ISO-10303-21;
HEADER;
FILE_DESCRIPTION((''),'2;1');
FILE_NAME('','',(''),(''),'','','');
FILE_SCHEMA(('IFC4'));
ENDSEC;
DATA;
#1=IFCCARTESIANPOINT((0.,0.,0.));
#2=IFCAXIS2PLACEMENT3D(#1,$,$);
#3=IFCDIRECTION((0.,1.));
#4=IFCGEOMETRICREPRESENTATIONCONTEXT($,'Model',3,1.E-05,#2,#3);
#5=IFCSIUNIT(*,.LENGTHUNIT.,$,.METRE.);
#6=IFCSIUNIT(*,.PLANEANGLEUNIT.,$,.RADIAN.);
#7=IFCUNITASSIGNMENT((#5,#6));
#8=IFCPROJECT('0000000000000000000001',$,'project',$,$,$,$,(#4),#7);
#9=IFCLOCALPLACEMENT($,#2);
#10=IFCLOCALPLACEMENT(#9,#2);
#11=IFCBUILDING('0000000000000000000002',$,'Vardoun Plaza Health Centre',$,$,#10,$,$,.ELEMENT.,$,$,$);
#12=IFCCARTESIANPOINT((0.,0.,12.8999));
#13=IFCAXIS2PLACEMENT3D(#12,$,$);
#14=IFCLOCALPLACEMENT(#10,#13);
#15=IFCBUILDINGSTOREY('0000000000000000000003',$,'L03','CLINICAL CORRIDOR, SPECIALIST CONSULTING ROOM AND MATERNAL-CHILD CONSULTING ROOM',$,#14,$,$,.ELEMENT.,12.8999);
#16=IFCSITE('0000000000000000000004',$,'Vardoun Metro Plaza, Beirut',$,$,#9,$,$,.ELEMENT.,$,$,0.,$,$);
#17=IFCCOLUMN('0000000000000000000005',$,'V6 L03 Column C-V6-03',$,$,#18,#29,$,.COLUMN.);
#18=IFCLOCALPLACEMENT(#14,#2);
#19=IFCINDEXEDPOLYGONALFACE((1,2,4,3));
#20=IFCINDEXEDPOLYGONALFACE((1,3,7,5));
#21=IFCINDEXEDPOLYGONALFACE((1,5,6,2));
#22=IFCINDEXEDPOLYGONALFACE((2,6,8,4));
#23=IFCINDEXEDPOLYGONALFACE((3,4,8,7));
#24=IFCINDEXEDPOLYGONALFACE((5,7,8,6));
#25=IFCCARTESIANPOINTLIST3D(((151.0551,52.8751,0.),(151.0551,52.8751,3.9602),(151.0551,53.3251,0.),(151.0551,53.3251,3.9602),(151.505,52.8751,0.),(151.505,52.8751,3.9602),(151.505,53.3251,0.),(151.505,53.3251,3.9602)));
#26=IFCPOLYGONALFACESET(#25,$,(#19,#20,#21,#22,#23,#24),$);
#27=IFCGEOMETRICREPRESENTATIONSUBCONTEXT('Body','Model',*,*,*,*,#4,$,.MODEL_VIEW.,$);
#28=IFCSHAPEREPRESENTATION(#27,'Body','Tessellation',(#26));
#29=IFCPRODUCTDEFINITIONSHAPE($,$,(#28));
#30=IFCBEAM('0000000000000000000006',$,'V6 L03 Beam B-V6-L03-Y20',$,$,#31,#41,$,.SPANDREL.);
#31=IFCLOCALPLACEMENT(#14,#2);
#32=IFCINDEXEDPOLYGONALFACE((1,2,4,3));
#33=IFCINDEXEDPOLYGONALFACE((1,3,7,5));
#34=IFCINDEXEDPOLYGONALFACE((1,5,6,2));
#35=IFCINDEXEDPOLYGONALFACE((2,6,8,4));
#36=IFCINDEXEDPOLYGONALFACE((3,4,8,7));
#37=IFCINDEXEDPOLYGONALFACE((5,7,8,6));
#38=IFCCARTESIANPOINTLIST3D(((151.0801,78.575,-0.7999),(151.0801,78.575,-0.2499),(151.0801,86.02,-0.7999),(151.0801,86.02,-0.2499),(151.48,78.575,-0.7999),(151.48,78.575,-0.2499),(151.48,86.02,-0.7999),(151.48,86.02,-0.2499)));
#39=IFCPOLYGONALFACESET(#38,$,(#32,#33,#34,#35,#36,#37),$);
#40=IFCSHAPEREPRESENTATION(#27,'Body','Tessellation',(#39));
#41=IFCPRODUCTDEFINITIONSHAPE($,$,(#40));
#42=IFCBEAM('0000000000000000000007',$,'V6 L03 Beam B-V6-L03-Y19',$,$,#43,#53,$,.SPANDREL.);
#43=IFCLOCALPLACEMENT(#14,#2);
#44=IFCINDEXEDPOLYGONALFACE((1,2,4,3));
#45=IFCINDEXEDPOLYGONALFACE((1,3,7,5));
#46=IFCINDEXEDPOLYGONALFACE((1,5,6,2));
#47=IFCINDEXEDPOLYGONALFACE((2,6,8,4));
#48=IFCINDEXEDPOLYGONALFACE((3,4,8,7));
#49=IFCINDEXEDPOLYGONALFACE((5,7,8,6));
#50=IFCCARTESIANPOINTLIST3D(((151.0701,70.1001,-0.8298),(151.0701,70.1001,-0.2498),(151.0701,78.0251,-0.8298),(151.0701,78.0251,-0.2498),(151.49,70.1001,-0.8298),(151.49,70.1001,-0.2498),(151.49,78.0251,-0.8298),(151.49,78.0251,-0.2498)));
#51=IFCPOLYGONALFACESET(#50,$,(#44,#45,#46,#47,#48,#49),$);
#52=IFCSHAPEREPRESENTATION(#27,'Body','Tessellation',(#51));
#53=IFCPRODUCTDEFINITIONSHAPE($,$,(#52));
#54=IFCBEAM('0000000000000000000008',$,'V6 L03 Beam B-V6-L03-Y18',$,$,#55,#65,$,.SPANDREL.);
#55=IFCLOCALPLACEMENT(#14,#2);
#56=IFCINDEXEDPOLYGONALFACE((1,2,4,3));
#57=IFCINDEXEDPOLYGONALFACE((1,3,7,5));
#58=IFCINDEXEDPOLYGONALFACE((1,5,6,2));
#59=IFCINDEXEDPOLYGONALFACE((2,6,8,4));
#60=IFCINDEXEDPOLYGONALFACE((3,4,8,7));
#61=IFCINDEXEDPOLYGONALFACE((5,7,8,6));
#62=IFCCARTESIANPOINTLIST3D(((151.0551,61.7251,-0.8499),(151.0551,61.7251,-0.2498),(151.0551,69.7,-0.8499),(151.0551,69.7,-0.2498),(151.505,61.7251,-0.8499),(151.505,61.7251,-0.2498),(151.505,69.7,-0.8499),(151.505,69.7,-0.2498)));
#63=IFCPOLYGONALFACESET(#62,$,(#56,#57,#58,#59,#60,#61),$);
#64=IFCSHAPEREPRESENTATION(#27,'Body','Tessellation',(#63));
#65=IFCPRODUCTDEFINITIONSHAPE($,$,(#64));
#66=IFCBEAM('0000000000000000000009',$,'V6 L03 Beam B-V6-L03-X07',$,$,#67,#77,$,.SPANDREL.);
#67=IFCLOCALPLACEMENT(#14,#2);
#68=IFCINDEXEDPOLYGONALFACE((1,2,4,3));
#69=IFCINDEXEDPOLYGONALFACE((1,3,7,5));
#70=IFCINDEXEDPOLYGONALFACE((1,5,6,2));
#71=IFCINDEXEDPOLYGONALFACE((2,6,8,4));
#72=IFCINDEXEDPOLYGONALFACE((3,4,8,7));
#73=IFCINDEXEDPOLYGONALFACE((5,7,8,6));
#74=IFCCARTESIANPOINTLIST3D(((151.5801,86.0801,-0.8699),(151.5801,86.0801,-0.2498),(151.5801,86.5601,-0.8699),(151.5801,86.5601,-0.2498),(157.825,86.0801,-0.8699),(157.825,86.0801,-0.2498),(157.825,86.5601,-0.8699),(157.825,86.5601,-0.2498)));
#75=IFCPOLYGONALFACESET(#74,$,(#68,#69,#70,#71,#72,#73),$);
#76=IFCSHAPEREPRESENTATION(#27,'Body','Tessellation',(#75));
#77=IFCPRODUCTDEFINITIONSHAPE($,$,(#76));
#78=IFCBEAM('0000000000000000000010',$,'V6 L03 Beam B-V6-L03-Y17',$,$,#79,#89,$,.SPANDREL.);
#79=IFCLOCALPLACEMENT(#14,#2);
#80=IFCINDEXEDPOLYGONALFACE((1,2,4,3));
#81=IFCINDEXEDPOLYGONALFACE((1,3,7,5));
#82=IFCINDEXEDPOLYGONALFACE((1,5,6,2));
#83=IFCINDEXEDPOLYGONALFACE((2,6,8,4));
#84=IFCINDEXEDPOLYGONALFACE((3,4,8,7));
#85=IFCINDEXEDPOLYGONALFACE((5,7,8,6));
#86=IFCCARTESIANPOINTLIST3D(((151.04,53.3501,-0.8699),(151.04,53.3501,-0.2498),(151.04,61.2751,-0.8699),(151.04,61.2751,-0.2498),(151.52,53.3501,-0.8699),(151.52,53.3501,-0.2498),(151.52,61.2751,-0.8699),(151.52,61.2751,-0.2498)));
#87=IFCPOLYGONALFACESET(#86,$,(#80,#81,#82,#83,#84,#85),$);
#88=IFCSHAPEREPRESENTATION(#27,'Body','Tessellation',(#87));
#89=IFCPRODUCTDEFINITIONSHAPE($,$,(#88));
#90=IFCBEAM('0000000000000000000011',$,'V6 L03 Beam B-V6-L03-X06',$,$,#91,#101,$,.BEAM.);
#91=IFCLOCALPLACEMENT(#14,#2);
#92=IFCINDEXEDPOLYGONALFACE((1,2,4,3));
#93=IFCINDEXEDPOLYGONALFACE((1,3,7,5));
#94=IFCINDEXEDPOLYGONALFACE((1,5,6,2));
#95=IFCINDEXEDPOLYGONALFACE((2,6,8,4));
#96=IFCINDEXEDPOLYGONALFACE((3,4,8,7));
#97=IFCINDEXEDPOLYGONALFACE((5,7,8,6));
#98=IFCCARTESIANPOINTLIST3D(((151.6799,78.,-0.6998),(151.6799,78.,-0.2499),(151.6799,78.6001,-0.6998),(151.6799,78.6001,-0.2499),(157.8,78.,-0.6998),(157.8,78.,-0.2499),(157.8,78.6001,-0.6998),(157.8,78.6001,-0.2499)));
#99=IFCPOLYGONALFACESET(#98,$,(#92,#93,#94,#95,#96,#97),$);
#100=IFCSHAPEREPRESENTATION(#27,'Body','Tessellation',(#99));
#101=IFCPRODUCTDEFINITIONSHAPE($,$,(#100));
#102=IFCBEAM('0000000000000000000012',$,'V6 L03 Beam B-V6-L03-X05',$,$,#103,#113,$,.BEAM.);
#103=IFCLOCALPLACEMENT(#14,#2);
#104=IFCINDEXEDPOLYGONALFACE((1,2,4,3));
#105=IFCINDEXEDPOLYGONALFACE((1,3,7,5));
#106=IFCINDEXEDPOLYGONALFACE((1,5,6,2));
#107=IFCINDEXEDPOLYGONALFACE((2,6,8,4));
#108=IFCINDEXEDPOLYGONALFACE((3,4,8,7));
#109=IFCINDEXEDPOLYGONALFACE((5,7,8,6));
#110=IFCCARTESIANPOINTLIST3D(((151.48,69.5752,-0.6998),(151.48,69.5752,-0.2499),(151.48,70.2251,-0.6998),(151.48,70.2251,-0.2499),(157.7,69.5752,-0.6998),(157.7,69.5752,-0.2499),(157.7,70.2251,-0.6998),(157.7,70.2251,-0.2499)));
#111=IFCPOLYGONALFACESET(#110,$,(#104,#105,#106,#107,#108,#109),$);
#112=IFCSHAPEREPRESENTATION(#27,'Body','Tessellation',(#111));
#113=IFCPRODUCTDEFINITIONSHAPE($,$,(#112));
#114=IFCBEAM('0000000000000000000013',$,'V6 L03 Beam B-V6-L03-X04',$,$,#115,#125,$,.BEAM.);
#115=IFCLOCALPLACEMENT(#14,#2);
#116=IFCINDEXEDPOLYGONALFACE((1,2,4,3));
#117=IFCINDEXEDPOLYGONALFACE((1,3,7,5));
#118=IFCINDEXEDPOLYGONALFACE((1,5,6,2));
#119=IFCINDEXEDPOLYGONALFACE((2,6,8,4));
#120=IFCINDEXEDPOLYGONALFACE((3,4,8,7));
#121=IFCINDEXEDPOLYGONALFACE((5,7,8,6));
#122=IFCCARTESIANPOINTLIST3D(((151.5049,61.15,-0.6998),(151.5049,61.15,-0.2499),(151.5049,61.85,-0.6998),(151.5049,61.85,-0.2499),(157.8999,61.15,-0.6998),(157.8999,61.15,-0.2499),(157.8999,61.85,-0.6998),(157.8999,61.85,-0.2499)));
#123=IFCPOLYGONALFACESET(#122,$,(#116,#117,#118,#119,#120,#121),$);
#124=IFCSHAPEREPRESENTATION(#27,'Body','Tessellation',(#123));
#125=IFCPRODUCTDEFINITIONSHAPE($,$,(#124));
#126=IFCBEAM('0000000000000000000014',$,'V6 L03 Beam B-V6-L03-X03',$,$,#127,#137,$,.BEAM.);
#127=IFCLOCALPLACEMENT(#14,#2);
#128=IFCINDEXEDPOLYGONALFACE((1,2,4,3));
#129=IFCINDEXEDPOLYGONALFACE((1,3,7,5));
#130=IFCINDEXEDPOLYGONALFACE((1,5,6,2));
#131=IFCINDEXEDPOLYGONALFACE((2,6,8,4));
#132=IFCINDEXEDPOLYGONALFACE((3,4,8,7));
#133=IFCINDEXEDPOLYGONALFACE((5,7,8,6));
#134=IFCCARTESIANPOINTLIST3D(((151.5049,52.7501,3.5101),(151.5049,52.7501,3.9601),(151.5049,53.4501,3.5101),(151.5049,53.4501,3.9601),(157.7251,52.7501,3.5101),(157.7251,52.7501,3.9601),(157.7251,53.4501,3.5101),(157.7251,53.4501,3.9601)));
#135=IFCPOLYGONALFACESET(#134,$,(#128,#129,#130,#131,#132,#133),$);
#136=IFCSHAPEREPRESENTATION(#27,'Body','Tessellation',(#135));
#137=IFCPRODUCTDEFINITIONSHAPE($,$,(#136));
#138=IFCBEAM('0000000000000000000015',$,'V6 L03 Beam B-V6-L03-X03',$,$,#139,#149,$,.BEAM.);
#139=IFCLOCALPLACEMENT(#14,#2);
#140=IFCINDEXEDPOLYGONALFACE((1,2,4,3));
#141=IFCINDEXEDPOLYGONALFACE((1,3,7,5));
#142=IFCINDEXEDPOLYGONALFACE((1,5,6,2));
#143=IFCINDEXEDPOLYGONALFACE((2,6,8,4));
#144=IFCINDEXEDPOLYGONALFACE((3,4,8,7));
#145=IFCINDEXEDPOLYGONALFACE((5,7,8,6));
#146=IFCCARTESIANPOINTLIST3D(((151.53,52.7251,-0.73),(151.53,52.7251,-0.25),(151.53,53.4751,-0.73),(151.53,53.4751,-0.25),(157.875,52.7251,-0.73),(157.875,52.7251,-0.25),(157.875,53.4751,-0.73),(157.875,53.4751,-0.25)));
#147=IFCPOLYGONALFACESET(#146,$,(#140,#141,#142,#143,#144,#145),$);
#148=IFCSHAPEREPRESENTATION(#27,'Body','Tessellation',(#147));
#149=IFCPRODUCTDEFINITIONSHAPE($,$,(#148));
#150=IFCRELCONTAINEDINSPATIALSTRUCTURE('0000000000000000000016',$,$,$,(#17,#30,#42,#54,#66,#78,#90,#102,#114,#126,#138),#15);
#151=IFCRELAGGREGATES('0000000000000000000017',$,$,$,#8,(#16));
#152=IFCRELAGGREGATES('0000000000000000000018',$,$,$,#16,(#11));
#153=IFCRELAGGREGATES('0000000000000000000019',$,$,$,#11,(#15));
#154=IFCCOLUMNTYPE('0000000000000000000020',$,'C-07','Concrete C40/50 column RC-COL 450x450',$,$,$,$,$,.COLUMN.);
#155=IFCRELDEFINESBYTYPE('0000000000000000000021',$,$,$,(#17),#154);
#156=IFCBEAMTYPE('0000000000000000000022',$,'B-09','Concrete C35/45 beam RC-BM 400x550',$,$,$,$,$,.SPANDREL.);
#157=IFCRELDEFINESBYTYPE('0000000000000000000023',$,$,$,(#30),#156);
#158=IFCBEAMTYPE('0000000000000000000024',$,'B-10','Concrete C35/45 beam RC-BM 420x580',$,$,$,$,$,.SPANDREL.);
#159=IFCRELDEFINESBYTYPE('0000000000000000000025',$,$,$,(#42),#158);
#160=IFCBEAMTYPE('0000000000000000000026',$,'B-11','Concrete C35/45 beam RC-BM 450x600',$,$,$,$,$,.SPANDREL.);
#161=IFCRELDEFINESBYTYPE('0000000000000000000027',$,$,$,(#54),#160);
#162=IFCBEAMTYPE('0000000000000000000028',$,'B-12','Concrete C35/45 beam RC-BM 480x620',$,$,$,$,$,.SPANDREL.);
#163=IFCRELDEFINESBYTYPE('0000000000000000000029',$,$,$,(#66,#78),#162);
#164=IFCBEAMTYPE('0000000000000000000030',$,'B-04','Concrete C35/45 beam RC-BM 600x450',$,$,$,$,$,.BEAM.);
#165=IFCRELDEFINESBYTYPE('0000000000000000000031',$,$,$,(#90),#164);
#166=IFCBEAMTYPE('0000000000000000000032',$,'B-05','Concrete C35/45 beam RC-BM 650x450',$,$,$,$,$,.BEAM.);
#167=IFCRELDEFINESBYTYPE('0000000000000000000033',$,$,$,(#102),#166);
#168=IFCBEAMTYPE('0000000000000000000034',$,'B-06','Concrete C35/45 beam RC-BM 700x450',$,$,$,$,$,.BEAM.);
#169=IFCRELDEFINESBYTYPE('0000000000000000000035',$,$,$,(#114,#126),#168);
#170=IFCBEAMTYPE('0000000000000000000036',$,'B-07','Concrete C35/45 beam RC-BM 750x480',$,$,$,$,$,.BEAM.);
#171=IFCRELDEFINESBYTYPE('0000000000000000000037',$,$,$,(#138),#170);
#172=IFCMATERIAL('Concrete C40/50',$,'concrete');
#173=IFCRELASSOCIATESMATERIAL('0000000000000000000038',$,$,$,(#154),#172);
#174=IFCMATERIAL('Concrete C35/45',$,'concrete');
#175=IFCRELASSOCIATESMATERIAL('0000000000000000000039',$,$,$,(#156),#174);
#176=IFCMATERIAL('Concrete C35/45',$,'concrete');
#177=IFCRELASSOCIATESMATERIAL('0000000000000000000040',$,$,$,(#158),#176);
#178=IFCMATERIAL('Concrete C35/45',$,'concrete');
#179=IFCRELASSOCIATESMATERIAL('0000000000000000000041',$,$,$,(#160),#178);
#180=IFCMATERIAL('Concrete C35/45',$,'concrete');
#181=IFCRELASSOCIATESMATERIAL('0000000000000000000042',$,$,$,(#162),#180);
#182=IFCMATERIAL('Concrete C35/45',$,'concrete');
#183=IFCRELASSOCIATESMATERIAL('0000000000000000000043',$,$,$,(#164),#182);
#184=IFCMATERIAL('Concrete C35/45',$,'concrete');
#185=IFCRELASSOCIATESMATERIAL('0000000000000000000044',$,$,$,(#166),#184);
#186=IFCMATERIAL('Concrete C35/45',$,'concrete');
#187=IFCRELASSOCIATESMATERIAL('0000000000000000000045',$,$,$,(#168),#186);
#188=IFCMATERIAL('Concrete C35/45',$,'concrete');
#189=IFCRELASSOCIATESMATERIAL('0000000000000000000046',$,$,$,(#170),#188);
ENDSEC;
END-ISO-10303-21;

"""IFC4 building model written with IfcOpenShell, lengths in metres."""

from ifc_helpers import new_model, si_unit, direction, frame, origin, origin_2d, place, context, subcontext, project, spatial, rectangle, extrude, material, material_profile, profile_set, type_object, element, save


model = new_model("IFC4")

# Units and contexts
model_context = context("Model", 3, precision=1e-05, world=origin(), true_north=direction((0.0, 1.0)))
body_context = subcontext(model_context, "Body", "Model", "MODEL_VIEW")
ifc_project = project(units=[si_unit("LENGTHUNIT", "METRE"), si_unit("PLANEANGLEUNIT", "RADIAN")], contexts=[model_context])

# Site, building, storey
site_placement = place(None, origin())
site = spatial("IfcSite", under=ifc_project, at=site_placement, Name="Vardoun Metro Plaza, Beirut", CompositionType="ELEMENT", RefElevation=0.0)
building_placement = place(site_placement, origin())
building = spatial("IfcBuilding", under=site, at=building_placement, Name="Vardoun Plaza Health Centre", CompositionType="ELEMENT")
storey_placement = place(building_placement, frame((0.0, 0.0, 12.8999)))
storey = spatial("IfcBuildingStorey", under=building, at=storey_placement, Name="L03", Description="CLINICAL CORRIDOR, SPECIALIST CONSULTING ROOM AND MATERNAL-CHILD CONSULTING ROOM", CompositionType="ELEMENT", Elevation=12.8999)

# Column
ifc_material_1 = material(Name="Concrete C40/50", Category="concrete")
ifc_material_profile_1 = material_profile(ifc_material_1, rectangle(XDim=0.45, YDim=0.45, at=origin_2d()), Name="RC-COL 450x450")
ifc_profile_set_1 = profile_set([ifc_material_profile_1], Name="Concrete C40/50")
column_type = type_object("IfcColumnType", Name="C-07", Description="Concrete C40/50 column RC-COL 450x450", PredefinedType="COLUMN", material=ifc_profile_set_1)
column_placement = place(storey_placement, frame((151.28, 53.1001, 0.0), z_axis=(0.0, 0.0, 1.0), x_axis=(1.0, 0.0, 0.0)))
element("IfcColumn", 1, at=column_placement, inside=storey, type_object=column_type, Name="V6 L03 Column C-V6-03", PredefinedType="COLUMN", context=body_context, shape_type="SweptSolid", body=[
    extrude(rectangle(XDim=0.45, YDim=0.45, at=origin_2d()), origin(), (0.0, 0.0, 1.0), 3.9602),
])

# Beams
ifc_material_2 = material(Name="Concrete C35/45", Category="concrete")
ifc_material_profile_2 = material_profile(ifc_material_2, rectangle(XDim=0.3999, YDim=0.55, at=origin_2d()), Name="RC-BM 400x550")
ifc_profile_set_2 = profile_set([ifc_material_profile_2], Name="Concrete C35/45")
beam_type_1 = type_object("IfcBeamType", Name="B-09", Description="Concrete C35/45 beam RC-BM 400x550", PredefinedType="SPANDREL", material=ifc_profile_set_2)
beam_1_placement = place(storey_placement, frame((151.28, 78.575, -0.5249), z_axis=(0.0, 1.0, 0.0), x_axis=(-1.0, 0.0, 0.0)))
element("IfcBeam", 2, at=beam_1_placement, inside=storey, type_object=beam_type_1, Name="V6 L03 Beam B-V6-L03-Y20", PredefinedType="SPANDREL", context=body_context, shape_type="SweptSolid", body=[
    extrude(rectangle(XDim=0.3999, YDim=0.55, at=origin_2d()), origin(), (0.0, 0.0, 1.0), 7.4451),
])
ifc_material_3 = material(Name="Concrete C35/45", Category="concrete")
ifc_material_profile_3 = material_profile(ifc_material_3, rectangle(XDim=0.4199, YDim=0.5801, at=origin_2d()), Name="RC-BM 420x580")
ifc_profile_set_3 = profile_set([ifc_material_profile_3], Name="Concrete C35/45")
beam_type_2 = type_object("IfcBeamType", Name="B-10", Description="Concrete C35/45 beam RC-BM 420x580", PredefinedType="SPANDREL", material=ifc_profile_set_3)
beam_2_placement = place(storey_placement, frame((151.28, 70.1001, -0.5398), z_axis=(0.0, 1.0, 0.0), x_axis=(-1.0, 0.0, 0.0)))
element("IfcBeam", 3, at=beam_2_placement, inside=storey, type_object=beam_type_2, Name="V6 L03 Beam B-V6-L03-Y19", PredefinedType="SPANDREL", context=body_context, shape_type="SweptSolid", body=[
    extrude(rectangle(XDim=0.4199, YDim=0.5801, at=origin_2d()), origin(), (0.0, 0.0, 1.0), 7.925),
])
ifc_material_4 = material(Name="Concrete C35/45", Category="concrete")
ifc_material_profile_4 = material_profile(ifc_material_4, rectangle(XDim=0.45, YDim=0.6001, at=origin_2d()), Name="RC-BM 450x600")
ifc_profile_set_4 = profile_set([ifc_material_profile_4], Name="Concrete C35/45")
beam_type_3 = type_object("IfcBeamType", Name="B-11", Description="Concrete C35/45 beam RC-BM 450x600", PredefinedType="SPANDREL", material=ifc_profile_set_4)
beam_3_placement = place(storey_placement, frame((151.28, 61.7251, -0.5498), z_axis=(0.0, 1.0, 0.0), x_axis=(-1.0, 0.0, 0.0)))
element("IfcBeam", 4, at=beam_3_placement, inside=storey, type_object=beam_type_3, Name="V6 L03 Beam B-V6-L03-Y18", PredefinedType="SPANDREL", context=body_context, shape_type="SweptSolid", body=[
    extrude(rectangle(XDim=0.45, YDim=0.6001, at=origin_2d()), origin(), (0.0, 0.0, 1.0), 7.9749),
])
ifc_material_5 = material(Name="Concrete C35/45", Category="concrete")
ifc_material_profile_5 = material_profile(ifc_material_5, rectangle(XDim=0.48, YDim=0.6201, at=origin_2d()), Name="RC-BM 480x620")
ifc_profile_set_5 = profile_set([ifc_material_profile_5], Name="Concrete C35/45")
beam_type_4 = type_object("IfcBeamType", Name="B-12", Description="Concrete C35/45 beam RC-BM 480x620", PredefinedType="SPANDREL", material=ifc_profile_set_5)
beam_4_placement = place(storey_placement, frame((151.5801, 86.3201, -0.5598), z_axis=(1.0, 0.0, 0.0), x_axis=(0.0, 1.0, 0.0)))
element("IfcBeam", 5, at=beam_4_placement, inside=storey, type_object=beam_type_4, Name="V6 L03 Beam B-V6-L03-X07", PredefinedType="SPANDREL", context=body_context, shape_type="SweptSolid", body=[
    extrude(rectangle(XDim=0.48, YDim=0.6201, at=origin_2d()), origin(), (0.0, 0.0, 1.0), 6.2449),
])
beam_5_placement = place(storey_placement, frame((151.28, 53.3501, -0.5598), z_axis=(0.0, 1.0, 0.0), x_axis=(-1.0, 0.0, 0.0)))
element("IfcBeam", 6, at=beam_5_placement, inside=storey, type_object=beam_type_4, Name="V6 L03 Beam B-V6-L03-Y17", PredefinedType="SPANDREL", context=body_context, shape_type="SweptSolid", body=[
    extrude(rectangle(XDim=0.48, YDim=0.6201, at=origin_2d()), origin(), (0.0, 0.0, 1.0), 7.925),
])
ifc_material_6 = material(Name="Concrete C35/45", Category="concrete")
ifc_material_profile_6 = material_profile(ifc_material_6, rectangle(XDim=0.6001, YDim=0.45, at=origin_2d()), Name="RC-BM 600x450")
ifc_profile_set_6 = profile_set([ifc_material_profile_6], Name="Concrete C35/45")
beam_type_5 = type_object("IfcBeamType", Name="B-04", Description="Concrete C35/45 beam RC-BM 600x450", PredefinedType="BEAM", material=ifc_profile_set_6)
beam_6_placement = place(storey_placement, frame((151.6799, 78.3, -0.4749), z_axis=(1.0, 0.0, 0.0), x_axis=(0.0, 1.0, 0.0)))
element("IfcBeam", 7, at=beam_6_placement, inside=storey, type_object=beam_type_5, Name="V6 L03 Beam B-V6-L03-X06", PredefinedType="BEAM", context=body_context, shape_type="SweptSolid", body=[
    extrude(rectangle(XDim=0.6001, YDim=0.45, at=origin_2d()), origin(), (0.0, 0.0, 1.0), 6.1201),
])
ifc_material_7 = material(Name="Concrete C35/45", Category="concrete")
ifc_material_profile_7 = material_profile(ifc_material_7, rectangle(XDim=0.6499, YDim=0.45, at=origin_2d()), Name="RC-BM 650x450")
ifc_profile_set_7 = profile_set([ifc_material_profile_7], Name="Concrete C35/45")
beam_type_6 = type_object("IfcBeamType", Name="B-05", Description="Concrete C35/45 beam RC-BM 650x450", PredefinedType="BEAM", material=ifc_profile_set_7)
beam_7_placement = place(storey_placement, frame((151.48, 69.9001, -0.4749), z_axis=(1.0, 0.0, 0.0), x_axis=(0.0, 1.0, 0.0)))
element("IfcBeam", 8, at=beam_7_placement, inside=storey, type_object=beam_type_6, Name="V6 L03 Beam B-V6-L03-X05", PredefinedType="BEAM", context=body_context, shape_type="SweptSolid", body=[
    extrude(rectangle(XDim=0.6499, YDim=0.45, at=origin_2d()), origin(), (0.0, 0.0, 1.0), 6.22),
])
ifc_material_8 = material(Name="Concrete C35/45", Category="concrete")
ifc_material_profile_8 = material_profile(ifc_material_8, rectangle(XDim=0.7, YDim=0.45, at=origin_2d()), Name="RC-BM 700x450")
ifc_profile_set_8 = profile_set([ifc_material_profile_8], Name="Concrete C35/45")
beam_type_7 = type_object("IfcBeamType", Name="B-06", Description="Concrete C35/45 beam RC-BM 700x450", PredefinedType="BEAM", material=ifc_profile_set_8)
beam_8_placement = place(storey_placement, frame((151.5049, 61.5, -0.4749), z_axis=(1.0, 0.0, 0.0), x_axis=(0.0, 1.0, 0.0)))
element("IfcBeam", 9, at=beam_8_placement, inside=storey, type_object=beam_type_7, Name="V6 L03 Beam B-V6-L03-X04", PredefinedType="BEAM", context=body_context, shape_type="SweptSolid", body=[
    extrude(rectangle(XDim=0.7, YDim=0.45, at=origin_2d()), origin(), (0.0, 0.0, 1.0), 6.395),
])
beam_9_placement = place(storey_placement, frame((151.5049, 53.1001, 3.7351), z_axis=(1.0, 0.0, 0.0), x_axis=(0.0, 1.0, 0.0)))
element("IfcBeam", 10, at=beam_9_placement, inside=storey, type_object=beam_type_7, Name="V6 L03 Beam B-V6-L03-X03", PredefinedType="BEAM", context=body_context, shape_type="SweptSolid", body=[
    extrude(rectangle(XDim=0.7, YDim=0.45, at=origin_2d()), origin(), (0.0, 0.0, 1.0), 6.2202),
])
ifc_material_9 = material(Name="Concrete C35/45", Category="concrete")
ifc_material_profile_9 = material_profile(ifc_material_9, rectangle(XDim=0.75, YDim=0.48, at=origin_2d()), Name="RC-BM 750x480")
ifc_profile_set_9 = profile_set([ifc_material_profile_9], Name="Concrete C35/45")
beam_type_8 = type_object("IfcBeamType", Name="B-07", Description="Concrete C35/45 beam RC-BM 750x480", PredefinedType="BEAM", material=ifc_profile_set_9)
beam_10_placement = place(storey_placement, frame((151.53, 53.1001, -0.49), z_axis=(1.0, 0.0, 0.0), x_axis=(0.0, 1.0, 0.0)))
element("IfcBeam", 11, at=beam_10_placement, inside=storey, type_object=beam_type_8, Name="V6 L03 Beam B-V6-L03-X03", PredefinedType="BEAM", context=body_context, shape_type="SweptSolid", body=[
    extrude(rectangle(XDim=0.75, YDim=0.48, at=origin_2d()), origin(), (0.0, 0.0, 1.0), 6.345),
])

save(model, "model.ifc")
